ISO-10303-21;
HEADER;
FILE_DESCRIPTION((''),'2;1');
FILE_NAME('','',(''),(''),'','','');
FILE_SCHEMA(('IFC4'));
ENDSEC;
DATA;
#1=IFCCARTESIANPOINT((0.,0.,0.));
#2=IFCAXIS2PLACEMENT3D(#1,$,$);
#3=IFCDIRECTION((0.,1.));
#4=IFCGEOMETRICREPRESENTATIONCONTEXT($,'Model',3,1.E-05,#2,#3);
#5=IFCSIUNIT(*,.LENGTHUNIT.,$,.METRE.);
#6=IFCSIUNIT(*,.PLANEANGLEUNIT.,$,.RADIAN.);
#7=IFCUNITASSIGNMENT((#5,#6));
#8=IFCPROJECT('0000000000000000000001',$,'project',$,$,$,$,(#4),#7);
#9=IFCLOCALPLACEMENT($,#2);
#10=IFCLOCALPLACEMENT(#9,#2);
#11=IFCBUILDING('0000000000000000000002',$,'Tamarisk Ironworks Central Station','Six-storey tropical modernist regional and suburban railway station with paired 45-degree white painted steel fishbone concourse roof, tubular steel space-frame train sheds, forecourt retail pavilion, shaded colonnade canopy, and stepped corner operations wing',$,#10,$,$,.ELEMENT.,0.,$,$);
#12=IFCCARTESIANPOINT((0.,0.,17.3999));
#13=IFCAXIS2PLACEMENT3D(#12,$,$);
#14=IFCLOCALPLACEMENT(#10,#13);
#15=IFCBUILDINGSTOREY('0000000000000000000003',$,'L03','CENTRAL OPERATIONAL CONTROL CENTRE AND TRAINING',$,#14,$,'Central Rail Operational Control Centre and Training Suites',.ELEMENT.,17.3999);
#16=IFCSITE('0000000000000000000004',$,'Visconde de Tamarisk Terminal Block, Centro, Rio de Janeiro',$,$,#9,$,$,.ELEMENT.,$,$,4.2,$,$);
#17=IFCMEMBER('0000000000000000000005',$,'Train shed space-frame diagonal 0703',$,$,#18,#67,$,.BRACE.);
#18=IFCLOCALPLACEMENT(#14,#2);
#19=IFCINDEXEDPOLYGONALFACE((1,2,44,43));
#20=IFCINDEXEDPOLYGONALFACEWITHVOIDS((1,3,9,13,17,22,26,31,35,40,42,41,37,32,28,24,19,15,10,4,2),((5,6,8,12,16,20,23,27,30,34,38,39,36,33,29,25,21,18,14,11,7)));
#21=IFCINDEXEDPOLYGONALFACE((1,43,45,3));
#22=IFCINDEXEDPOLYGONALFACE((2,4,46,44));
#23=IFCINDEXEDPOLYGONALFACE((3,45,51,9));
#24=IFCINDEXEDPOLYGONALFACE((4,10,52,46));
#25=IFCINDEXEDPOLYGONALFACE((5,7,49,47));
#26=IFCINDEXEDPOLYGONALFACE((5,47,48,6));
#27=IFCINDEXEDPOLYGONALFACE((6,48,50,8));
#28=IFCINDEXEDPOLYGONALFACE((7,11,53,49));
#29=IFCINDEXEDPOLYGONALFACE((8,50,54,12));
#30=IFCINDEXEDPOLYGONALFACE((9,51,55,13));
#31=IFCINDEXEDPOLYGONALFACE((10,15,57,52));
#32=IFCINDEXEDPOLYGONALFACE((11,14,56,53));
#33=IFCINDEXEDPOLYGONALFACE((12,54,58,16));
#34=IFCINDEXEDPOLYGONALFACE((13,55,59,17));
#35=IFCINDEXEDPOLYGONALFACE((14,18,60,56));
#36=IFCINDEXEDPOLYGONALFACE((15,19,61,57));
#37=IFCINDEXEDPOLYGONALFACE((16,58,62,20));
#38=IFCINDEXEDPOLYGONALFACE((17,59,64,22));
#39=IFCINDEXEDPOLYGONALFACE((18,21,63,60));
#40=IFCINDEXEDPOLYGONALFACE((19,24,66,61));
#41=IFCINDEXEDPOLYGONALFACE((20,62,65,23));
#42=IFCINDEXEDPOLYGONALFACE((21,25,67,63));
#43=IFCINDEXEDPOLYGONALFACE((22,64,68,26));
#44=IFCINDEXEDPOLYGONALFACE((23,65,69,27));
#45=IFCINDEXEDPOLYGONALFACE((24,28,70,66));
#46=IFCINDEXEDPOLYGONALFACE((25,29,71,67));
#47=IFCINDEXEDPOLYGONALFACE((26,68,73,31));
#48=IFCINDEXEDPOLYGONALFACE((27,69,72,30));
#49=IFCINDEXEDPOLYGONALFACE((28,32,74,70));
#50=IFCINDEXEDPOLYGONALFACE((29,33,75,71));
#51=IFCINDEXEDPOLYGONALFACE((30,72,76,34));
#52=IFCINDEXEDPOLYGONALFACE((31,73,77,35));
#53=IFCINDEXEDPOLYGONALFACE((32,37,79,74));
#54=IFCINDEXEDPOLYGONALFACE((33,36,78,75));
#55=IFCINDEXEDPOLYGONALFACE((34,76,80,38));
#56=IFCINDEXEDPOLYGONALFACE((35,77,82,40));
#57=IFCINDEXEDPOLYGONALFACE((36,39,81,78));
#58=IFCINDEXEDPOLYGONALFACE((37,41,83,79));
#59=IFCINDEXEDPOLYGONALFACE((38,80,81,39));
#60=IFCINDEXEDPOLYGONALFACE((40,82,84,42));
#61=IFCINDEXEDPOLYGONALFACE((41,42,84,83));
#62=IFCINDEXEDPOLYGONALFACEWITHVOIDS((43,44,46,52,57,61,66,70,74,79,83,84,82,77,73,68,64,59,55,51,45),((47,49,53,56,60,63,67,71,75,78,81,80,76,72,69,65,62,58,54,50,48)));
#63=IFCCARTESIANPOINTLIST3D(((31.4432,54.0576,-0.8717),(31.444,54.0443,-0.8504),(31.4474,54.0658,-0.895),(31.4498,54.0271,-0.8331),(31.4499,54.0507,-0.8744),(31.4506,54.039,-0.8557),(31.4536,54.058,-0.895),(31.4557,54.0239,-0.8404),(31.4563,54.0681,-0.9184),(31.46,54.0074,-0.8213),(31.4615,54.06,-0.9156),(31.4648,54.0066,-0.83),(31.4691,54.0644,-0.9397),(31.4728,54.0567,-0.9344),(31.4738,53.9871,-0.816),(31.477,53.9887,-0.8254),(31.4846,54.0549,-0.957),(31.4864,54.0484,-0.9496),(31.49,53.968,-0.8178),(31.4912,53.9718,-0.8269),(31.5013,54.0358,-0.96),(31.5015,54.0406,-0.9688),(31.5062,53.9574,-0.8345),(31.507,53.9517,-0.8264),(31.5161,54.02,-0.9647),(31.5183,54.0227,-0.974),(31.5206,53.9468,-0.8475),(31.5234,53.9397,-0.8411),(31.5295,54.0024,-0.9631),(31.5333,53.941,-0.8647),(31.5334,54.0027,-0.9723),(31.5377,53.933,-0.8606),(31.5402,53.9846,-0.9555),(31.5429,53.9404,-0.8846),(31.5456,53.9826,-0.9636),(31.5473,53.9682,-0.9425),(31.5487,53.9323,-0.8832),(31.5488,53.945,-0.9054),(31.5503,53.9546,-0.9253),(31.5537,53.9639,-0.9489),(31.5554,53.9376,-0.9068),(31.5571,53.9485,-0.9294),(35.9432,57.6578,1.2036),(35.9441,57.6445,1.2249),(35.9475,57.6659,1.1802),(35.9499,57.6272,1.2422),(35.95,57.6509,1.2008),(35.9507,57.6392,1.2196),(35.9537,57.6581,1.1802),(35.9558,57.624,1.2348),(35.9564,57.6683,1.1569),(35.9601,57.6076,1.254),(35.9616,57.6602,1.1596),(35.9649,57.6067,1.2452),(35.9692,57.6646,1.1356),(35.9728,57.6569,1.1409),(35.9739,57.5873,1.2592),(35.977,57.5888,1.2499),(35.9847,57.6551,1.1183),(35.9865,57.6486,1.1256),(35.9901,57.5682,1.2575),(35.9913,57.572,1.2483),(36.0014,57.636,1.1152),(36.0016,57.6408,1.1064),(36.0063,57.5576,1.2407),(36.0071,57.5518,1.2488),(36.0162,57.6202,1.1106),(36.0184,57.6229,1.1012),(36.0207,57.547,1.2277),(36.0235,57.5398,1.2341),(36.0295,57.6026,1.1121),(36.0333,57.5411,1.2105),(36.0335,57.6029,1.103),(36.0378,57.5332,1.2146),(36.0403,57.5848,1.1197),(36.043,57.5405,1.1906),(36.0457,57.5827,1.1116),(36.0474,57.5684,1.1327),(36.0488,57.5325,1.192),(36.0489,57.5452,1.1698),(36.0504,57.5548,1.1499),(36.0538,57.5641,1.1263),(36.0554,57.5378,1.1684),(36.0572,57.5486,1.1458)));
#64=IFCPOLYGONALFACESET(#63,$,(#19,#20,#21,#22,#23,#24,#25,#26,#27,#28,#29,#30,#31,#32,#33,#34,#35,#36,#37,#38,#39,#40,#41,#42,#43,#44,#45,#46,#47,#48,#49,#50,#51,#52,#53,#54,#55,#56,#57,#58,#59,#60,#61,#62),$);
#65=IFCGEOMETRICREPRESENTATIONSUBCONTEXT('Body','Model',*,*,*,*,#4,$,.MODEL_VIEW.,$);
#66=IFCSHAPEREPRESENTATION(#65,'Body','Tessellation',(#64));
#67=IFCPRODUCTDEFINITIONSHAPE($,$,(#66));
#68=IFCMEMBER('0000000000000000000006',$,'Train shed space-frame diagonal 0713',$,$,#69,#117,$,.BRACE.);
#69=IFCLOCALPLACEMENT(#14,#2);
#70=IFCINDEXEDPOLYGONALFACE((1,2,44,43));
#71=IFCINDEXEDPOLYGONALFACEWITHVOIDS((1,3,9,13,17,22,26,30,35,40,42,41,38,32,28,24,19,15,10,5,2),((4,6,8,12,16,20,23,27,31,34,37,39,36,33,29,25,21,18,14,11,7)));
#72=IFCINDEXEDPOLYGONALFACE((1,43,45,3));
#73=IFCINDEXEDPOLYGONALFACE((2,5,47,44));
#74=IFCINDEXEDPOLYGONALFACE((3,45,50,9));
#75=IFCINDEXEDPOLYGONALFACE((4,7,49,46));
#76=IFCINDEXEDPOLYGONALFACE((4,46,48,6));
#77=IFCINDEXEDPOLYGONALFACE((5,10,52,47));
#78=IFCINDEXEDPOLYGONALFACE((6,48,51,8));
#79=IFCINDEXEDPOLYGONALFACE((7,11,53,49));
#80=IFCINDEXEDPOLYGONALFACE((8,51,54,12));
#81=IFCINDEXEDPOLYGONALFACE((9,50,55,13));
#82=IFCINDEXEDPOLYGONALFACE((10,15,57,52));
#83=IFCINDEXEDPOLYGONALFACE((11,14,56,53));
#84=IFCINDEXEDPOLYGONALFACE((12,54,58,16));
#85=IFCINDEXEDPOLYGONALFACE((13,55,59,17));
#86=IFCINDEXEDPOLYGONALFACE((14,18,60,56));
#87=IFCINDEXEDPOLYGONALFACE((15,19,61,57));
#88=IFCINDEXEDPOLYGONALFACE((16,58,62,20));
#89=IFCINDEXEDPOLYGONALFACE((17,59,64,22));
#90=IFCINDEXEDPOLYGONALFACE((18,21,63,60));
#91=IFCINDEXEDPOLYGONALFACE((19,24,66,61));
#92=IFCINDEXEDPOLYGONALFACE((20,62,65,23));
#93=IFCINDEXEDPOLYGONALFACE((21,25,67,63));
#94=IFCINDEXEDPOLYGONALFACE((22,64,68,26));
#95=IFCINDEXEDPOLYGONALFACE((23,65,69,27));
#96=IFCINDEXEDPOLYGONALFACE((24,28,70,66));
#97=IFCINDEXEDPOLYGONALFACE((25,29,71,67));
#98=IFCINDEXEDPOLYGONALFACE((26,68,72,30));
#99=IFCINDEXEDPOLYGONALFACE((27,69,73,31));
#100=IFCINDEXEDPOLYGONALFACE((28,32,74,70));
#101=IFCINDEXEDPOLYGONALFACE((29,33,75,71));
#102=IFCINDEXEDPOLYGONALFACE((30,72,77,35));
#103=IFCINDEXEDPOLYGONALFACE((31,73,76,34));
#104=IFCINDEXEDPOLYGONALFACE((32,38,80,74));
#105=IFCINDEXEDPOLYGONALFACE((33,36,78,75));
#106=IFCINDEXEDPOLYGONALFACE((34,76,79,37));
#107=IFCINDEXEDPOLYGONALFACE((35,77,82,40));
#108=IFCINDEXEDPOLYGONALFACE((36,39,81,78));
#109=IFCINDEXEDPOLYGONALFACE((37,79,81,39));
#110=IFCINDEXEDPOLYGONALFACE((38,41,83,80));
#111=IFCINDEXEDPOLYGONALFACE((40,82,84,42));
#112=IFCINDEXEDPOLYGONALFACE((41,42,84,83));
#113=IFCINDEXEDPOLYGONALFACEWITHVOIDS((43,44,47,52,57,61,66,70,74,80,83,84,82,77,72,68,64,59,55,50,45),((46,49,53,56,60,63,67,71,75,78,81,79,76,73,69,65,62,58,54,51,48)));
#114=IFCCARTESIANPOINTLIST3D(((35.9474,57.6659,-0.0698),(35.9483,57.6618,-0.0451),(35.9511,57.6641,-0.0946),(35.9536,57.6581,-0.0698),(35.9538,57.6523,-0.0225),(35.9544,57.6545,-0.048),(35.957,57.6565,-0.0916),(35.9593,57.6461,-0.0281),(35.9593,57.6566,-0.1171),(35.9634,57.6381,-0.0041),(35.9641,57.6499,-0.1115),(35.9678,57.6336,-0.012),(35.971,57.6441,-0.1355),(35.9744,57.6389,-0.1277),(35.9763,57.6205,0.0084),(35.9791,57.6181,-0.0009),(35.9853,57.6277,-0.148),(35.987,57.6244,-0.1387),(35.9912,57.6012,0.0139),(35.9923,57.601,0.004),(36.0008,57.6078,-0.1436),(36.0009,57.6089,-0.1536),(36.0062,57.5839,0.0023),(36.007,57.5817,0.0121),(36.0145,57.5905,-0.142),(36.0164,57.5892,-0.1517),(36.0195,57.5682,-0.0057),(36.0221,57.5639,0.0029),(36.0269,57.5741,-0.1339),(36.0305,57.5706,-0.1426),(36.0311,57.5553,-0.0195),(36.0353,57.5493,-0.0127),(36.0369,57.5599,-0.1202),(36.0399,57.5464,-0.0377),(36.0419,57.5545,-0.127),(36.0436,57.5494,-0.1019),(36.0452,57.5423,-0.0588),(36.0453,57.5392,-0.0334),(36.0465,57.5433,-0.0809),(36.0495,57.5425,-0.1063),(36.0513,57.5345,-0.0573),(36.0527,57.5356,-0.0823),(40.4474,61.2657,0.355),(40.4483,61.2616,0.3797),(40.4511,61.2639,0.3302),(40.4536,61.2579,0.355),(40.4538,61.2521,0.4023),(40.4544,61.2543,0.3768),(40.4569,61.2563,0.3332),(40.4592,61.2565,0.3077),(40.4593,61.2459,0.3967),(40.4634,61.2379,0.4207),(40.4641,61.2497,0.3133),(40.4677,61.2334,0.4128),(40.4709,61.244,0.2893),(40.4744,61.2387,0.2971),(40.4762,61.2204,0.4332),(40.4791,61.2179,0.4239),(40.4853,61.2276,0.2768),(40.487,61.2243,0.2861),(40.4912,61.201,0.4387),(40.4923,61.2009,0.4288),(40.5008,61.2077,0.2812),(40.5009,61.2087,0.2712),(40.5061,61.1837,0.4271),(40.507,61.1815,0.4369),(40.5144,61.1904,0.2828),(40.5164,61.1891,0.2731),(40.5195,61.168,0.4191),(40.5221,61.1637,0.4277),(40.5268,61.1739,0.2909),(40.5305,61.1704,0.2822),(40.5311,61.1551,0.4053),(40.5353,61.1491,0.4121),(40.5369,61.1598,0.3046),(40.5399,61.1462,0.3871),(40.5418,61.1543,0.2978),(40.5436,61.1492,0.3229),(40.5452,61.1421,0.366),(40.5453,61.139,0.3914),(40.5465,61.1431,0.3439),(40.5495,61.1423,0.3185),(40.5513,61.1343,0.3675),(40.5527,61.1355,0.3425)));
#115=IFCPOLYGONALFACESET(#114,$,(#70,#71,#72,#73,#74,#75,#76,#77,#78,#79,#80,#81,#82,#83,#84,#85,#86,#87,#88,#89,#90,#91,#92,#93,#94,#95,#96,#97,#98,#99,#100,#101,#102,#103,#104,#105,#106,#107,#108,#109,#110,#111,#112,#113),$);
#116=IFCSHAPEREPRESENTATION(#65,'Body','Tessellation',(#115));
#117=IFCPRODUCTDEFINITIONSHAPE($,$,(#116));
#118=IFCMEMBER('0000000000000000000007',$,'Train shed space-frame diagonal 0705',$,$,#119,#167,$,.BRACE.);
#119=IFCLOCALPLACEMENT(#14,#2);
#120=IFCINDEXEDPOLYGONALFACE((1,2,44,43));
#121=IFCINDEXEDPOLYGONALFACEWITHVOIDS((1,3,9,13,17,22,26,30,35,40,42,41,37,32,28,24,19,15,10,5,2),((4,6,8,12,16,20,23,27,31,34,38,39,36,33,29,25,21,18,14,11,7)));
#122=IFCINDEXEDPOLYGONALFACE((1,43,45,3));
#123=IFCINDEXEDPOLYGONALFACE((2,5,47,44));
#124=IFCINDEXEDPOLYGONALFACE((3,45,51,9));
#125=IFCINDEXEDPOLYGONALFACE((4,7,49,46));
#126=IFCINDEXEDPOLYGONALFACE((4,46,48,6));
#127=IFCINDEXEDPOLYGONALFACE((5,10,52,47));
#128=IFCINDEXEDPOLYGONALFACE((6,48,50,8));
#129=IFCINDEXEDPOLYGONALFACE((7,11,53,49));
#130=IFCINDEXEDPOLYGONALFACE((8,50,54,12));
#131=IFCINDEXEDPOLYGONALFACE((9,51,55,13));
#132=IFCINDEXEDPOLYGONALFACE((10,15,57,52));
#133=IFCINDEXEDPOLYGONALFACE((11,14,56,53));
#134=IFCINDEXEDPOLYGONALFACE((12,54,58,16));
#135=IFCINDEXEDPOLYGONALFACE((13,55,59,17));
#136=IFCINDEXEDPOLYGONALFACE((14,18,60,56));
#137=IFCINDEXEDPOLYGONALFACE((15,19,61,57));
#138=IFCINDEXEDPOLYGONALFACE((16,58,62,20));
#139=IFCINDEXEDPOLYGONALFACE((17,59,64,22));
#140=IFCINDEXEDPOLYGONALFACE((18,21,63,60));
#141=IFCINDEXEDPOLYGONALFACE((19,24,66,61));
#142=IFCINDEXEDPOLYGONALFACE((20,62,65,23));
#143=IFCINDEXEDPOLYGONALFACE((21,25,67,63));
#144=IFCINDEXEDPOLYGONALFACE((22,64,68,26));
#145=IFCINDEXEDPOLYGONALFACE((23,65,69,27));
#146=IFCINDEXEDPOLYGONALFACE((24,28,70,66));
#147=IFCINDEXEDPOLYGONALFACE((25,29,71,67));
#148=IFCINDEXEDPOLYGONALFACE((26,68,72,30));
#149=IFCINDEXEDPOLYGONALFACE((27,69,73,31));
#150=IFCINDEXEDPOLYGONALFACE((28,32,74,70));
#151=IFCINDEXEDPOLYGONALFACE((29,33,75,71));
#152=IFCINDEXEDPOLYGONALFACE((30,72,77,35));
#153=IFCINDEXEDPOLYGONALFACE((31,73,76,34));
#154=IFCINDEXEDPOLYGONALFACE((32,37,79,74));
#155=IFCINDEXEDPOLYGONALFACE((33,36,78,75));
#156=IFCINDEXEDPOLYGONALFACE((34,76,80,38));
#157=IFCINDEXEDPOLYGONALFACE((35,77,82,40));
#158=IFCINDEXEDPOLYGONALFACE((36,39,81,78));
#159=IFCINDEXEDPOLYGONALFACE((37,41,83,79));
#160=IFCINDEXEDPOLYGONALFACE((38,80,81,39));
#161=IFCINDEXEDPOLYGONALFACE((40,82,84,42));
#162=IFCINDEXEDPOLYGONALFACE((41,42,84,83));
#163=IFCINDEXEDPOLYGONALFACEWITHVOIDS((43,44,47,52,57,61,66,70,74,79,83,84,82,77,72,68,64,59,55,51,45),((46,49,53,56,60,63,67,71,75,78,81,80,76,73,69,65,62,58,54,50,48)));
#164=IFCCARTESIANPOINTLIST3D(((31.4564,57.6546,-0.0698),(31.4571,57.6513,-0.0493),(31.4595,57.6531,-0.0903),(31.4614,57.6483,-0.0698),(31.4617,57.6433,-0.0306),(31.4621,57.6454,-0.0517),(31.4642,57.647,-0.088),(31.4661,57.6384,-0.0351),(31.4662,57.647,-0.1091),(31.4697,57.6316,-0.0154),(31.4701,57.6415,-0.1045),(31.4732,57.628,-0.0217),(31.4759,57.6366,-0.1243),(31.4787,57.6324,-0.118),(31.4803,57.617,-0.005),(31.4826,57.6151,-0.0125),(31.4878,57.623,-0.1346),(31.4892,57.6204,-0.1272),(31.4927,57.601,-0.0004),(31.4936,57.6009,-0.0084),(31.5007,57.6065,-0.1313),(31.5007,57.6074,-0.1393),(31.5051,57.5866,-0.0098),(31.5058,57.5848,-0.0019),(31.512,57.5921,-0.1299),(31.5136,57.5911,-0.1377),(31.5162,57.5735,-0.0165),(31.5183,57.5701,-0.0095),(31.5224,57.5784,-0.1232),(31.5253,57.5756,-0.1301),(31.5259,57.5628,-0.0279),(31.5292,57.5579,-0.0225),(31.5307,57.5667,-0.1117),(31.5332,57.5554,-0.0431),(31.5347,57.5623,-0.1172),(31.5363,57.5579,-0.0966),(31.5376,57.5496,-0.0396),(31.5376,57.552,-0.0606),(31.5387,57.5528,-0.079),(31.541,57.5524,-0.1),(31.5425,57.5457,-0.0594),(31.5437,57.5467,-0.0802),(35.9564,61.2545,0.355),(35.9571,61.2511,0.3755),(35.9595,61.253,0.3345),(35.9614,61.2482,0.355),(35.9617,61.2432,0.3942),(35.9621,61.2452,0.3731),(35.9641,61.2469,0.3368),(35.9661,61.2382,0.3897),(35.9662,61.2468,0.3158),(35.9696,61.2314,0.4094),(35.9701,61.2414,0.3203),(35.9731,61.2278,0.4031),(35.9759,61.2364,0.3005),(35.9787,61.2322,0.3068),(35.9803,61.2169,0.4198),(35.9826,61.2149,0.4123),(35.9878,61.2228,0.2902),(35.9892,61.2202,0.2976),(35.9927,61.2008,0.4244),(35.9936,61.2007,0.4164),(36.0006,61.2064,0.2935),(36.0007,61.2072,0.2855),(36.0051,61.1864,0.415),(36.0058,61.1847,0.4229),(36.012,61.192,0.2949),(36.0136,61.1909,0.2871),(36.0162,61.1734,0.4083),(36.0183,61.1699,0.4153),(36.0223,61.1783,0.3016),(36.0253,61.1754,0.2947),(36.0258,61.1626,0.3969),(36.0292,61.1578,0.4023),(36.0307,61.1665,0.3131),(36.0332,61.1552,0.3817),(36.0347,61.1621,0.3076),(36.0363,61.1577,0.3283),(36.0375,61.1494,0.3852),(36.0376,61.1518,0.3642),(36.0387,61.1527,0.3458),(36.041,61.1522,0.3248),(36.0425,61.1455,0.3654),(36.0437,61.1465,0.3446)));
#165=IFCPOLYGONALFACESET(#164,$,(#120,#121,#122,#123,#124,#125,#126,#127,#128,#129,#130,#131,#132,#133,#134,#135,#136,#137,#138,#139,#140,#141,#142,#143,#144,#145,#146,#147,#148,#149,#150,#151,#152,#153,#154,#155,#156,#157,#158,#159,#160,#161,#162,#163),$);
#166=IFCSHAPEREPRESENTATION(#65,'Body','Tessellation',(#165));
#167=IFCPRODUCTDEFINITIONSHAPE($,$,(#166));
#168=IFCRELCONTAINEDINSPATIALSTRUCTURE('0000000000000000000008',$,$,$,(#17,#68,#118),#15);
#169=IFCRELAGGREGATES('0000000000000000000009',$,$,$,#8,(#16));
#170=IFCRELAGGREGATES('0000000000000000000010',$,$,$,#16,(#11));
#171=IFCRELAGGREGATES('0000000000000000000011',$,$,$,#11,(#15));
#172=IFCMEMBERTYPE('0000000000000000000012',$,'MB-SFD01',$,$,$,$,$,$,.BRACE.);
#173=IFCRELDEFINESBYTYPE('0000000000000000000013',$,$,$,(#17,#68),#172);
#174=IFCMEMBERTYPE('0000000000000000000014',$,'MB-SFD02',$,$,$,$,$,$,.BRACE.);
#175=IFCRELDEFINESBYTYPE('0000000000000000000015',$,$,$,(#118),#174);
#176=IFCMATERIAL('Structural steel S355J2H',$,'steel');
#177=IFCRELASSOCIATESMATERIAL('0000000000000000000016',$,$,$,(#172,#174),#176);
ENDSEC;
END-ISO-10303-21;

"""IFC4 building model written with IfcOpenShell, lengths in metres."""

from ifc_helpers import new_model, si_unit, direction, frame, origin, origin_2d, place, context, subcontext, project, spatial, hollow_circle, extrude, material, material_profile, profile_set, type_object, element, save


model = new_model("IFC4")

# Units and contexts
model_context = context("Model", 3, precision=1e-05, world=origin(), true_north=direction((0.0, 1.0)))
body_context = subcontext(model_context, "Body", "Model", "MODEL_VIEW")
ifc_project = project(units=[si_unit("LENGTHUNIT", "METRE"), si_unit("PLANEANGLEUNIT", "RADIAN")], contexts=[model_context])

# Site, building, storey
site_placement = place(None, origin())
site = spatial("IfcSite", under=ifc_project, at=site_placement, Name="Visconde de Tamarisk Terminal Block, Centro, Rio de Janeiro", CompositionType="ELEMENT", RefElevation=4.2)
building_placement = place(site_placement, origin())
building = spatial("IfcBuilding", under=site, at=building_placement, Name="Tamarisk Ironworks Central Station", Description="Six-storey tropical modernist regional and suburban railway station with paired 45-degree white painted steel fishbone concourse roof, tubular steel space-frame train sheds, forecourt retail pavilion, shaded colonnade canopy, and stepped corner operations wing", CompositionType="ELEMENT", ElevationOfRefHeight=0.0)
storey_placement = place(building_placement, frame((0.0, 0.0, 17.3999)))
storey = spatial("IfcBuildingStorey", under=building, at=storey_placement, Name="L03", Description="CENTRAL OPERATIONAL CONTROL CENTRE AND TRAINING", LongName="Central Rail Operational Control Centre and Training Suites", CompositionType="ELEMENT", Elevation=17.3999)

# Members
ifc_material_1 = material(Name="Structural steel S355J2H", Category="steel")
ifc_material_profile_1 = material_profile(ifc_material_1, hollow_circle(Radius=0.0842, WallThickness=0.01, at=origin_2d()), Name="CHS 168.3x10")
ifc_profile_set_1 = profile_set([ifc_material_profile_1], Name="Structural steel S355J2H")
member_type_1 = type_object("IfcMemberType", Name="MB-SFD01", PredefinedType="BRACE", material=ifc_profile_set_1)
member_1_placement = place(storey_placement, frame((31.5, 54.0, -0.895), z_axis=(0.734679, 0.587759, 0.338801), x_axis=(-0.624705, 0.780861, 0.0)))
element("IfcMember", 1, at=member_1_placement, inside=storey, type_object=member_type_1, Name="Train shed space-frame diagonal 0703", PredefinedType="BRACE", context=body_context, shape_type="SweptSolid", body=[
    extrude(hollow_circle(Radius=0.0842, WallThickness=0.01, at=origin_2d()), origin(), (0.0, 0.0, 1.0), 6.1252),
])
member_2_placement = place(storey_placement, frame((36.0, 57.6001, -0.0698), z_axis=(0.778768, 0.622989, 0.073517), x_axis=(-0.62468, 0.780881, 0.0)))
element("IfcMember", 2, at=member_2_placement, inside=storey, type_object=member_type_1, Name="Train shed space-frame diagonal 0713", PredefinedType="BRACE", context=body_context, shape_type="SweptSolid", body=[
    extrude(hollow_circle(Radius=0.0842, WallThickness=0.01, at=origin_2d()), origin(), (0.0, 0.0, 1.0), 5.7783),
])
ifc_material_profile_2 = material_profile(ifc_material_1, hollow_circle(Radius=0.0698, WallThickness=0.0081, at=origin_2d()), Name="CHS 139.7x8")
ifc_profile_set_2 = profile_set([ifc_material_profile_2], Name="Structural steel S355J2H")
member_type_2 = type_object("IfcMemberType", Name="MB-SFD02", PredefinedType="BRACE", material=ifc_profile_set_2)
member_3_placement = place(storey_placement, frame((31.5, 57.6001, -0.0698), z_axis=(0.778768, 0.622989, 0.073517), x_axis=(-0.62468, 0.780881, 0.0)))
element("IfcMember", 3, at=member_3_placement, inside=storey, type_object=member_type_2, Name="Train shed space-frame diagonal 0705", PredefinedType="BRACE", context=body_context, shape_type="SweptSolid", body=[
    extrude(hollow_circle(Radius=0.0698, WallThickness=0.0081, at=origin_2d()), origin(), (0.0, 0.0, 1.0), 5.7783),
])

save(model, "model.ifc")
